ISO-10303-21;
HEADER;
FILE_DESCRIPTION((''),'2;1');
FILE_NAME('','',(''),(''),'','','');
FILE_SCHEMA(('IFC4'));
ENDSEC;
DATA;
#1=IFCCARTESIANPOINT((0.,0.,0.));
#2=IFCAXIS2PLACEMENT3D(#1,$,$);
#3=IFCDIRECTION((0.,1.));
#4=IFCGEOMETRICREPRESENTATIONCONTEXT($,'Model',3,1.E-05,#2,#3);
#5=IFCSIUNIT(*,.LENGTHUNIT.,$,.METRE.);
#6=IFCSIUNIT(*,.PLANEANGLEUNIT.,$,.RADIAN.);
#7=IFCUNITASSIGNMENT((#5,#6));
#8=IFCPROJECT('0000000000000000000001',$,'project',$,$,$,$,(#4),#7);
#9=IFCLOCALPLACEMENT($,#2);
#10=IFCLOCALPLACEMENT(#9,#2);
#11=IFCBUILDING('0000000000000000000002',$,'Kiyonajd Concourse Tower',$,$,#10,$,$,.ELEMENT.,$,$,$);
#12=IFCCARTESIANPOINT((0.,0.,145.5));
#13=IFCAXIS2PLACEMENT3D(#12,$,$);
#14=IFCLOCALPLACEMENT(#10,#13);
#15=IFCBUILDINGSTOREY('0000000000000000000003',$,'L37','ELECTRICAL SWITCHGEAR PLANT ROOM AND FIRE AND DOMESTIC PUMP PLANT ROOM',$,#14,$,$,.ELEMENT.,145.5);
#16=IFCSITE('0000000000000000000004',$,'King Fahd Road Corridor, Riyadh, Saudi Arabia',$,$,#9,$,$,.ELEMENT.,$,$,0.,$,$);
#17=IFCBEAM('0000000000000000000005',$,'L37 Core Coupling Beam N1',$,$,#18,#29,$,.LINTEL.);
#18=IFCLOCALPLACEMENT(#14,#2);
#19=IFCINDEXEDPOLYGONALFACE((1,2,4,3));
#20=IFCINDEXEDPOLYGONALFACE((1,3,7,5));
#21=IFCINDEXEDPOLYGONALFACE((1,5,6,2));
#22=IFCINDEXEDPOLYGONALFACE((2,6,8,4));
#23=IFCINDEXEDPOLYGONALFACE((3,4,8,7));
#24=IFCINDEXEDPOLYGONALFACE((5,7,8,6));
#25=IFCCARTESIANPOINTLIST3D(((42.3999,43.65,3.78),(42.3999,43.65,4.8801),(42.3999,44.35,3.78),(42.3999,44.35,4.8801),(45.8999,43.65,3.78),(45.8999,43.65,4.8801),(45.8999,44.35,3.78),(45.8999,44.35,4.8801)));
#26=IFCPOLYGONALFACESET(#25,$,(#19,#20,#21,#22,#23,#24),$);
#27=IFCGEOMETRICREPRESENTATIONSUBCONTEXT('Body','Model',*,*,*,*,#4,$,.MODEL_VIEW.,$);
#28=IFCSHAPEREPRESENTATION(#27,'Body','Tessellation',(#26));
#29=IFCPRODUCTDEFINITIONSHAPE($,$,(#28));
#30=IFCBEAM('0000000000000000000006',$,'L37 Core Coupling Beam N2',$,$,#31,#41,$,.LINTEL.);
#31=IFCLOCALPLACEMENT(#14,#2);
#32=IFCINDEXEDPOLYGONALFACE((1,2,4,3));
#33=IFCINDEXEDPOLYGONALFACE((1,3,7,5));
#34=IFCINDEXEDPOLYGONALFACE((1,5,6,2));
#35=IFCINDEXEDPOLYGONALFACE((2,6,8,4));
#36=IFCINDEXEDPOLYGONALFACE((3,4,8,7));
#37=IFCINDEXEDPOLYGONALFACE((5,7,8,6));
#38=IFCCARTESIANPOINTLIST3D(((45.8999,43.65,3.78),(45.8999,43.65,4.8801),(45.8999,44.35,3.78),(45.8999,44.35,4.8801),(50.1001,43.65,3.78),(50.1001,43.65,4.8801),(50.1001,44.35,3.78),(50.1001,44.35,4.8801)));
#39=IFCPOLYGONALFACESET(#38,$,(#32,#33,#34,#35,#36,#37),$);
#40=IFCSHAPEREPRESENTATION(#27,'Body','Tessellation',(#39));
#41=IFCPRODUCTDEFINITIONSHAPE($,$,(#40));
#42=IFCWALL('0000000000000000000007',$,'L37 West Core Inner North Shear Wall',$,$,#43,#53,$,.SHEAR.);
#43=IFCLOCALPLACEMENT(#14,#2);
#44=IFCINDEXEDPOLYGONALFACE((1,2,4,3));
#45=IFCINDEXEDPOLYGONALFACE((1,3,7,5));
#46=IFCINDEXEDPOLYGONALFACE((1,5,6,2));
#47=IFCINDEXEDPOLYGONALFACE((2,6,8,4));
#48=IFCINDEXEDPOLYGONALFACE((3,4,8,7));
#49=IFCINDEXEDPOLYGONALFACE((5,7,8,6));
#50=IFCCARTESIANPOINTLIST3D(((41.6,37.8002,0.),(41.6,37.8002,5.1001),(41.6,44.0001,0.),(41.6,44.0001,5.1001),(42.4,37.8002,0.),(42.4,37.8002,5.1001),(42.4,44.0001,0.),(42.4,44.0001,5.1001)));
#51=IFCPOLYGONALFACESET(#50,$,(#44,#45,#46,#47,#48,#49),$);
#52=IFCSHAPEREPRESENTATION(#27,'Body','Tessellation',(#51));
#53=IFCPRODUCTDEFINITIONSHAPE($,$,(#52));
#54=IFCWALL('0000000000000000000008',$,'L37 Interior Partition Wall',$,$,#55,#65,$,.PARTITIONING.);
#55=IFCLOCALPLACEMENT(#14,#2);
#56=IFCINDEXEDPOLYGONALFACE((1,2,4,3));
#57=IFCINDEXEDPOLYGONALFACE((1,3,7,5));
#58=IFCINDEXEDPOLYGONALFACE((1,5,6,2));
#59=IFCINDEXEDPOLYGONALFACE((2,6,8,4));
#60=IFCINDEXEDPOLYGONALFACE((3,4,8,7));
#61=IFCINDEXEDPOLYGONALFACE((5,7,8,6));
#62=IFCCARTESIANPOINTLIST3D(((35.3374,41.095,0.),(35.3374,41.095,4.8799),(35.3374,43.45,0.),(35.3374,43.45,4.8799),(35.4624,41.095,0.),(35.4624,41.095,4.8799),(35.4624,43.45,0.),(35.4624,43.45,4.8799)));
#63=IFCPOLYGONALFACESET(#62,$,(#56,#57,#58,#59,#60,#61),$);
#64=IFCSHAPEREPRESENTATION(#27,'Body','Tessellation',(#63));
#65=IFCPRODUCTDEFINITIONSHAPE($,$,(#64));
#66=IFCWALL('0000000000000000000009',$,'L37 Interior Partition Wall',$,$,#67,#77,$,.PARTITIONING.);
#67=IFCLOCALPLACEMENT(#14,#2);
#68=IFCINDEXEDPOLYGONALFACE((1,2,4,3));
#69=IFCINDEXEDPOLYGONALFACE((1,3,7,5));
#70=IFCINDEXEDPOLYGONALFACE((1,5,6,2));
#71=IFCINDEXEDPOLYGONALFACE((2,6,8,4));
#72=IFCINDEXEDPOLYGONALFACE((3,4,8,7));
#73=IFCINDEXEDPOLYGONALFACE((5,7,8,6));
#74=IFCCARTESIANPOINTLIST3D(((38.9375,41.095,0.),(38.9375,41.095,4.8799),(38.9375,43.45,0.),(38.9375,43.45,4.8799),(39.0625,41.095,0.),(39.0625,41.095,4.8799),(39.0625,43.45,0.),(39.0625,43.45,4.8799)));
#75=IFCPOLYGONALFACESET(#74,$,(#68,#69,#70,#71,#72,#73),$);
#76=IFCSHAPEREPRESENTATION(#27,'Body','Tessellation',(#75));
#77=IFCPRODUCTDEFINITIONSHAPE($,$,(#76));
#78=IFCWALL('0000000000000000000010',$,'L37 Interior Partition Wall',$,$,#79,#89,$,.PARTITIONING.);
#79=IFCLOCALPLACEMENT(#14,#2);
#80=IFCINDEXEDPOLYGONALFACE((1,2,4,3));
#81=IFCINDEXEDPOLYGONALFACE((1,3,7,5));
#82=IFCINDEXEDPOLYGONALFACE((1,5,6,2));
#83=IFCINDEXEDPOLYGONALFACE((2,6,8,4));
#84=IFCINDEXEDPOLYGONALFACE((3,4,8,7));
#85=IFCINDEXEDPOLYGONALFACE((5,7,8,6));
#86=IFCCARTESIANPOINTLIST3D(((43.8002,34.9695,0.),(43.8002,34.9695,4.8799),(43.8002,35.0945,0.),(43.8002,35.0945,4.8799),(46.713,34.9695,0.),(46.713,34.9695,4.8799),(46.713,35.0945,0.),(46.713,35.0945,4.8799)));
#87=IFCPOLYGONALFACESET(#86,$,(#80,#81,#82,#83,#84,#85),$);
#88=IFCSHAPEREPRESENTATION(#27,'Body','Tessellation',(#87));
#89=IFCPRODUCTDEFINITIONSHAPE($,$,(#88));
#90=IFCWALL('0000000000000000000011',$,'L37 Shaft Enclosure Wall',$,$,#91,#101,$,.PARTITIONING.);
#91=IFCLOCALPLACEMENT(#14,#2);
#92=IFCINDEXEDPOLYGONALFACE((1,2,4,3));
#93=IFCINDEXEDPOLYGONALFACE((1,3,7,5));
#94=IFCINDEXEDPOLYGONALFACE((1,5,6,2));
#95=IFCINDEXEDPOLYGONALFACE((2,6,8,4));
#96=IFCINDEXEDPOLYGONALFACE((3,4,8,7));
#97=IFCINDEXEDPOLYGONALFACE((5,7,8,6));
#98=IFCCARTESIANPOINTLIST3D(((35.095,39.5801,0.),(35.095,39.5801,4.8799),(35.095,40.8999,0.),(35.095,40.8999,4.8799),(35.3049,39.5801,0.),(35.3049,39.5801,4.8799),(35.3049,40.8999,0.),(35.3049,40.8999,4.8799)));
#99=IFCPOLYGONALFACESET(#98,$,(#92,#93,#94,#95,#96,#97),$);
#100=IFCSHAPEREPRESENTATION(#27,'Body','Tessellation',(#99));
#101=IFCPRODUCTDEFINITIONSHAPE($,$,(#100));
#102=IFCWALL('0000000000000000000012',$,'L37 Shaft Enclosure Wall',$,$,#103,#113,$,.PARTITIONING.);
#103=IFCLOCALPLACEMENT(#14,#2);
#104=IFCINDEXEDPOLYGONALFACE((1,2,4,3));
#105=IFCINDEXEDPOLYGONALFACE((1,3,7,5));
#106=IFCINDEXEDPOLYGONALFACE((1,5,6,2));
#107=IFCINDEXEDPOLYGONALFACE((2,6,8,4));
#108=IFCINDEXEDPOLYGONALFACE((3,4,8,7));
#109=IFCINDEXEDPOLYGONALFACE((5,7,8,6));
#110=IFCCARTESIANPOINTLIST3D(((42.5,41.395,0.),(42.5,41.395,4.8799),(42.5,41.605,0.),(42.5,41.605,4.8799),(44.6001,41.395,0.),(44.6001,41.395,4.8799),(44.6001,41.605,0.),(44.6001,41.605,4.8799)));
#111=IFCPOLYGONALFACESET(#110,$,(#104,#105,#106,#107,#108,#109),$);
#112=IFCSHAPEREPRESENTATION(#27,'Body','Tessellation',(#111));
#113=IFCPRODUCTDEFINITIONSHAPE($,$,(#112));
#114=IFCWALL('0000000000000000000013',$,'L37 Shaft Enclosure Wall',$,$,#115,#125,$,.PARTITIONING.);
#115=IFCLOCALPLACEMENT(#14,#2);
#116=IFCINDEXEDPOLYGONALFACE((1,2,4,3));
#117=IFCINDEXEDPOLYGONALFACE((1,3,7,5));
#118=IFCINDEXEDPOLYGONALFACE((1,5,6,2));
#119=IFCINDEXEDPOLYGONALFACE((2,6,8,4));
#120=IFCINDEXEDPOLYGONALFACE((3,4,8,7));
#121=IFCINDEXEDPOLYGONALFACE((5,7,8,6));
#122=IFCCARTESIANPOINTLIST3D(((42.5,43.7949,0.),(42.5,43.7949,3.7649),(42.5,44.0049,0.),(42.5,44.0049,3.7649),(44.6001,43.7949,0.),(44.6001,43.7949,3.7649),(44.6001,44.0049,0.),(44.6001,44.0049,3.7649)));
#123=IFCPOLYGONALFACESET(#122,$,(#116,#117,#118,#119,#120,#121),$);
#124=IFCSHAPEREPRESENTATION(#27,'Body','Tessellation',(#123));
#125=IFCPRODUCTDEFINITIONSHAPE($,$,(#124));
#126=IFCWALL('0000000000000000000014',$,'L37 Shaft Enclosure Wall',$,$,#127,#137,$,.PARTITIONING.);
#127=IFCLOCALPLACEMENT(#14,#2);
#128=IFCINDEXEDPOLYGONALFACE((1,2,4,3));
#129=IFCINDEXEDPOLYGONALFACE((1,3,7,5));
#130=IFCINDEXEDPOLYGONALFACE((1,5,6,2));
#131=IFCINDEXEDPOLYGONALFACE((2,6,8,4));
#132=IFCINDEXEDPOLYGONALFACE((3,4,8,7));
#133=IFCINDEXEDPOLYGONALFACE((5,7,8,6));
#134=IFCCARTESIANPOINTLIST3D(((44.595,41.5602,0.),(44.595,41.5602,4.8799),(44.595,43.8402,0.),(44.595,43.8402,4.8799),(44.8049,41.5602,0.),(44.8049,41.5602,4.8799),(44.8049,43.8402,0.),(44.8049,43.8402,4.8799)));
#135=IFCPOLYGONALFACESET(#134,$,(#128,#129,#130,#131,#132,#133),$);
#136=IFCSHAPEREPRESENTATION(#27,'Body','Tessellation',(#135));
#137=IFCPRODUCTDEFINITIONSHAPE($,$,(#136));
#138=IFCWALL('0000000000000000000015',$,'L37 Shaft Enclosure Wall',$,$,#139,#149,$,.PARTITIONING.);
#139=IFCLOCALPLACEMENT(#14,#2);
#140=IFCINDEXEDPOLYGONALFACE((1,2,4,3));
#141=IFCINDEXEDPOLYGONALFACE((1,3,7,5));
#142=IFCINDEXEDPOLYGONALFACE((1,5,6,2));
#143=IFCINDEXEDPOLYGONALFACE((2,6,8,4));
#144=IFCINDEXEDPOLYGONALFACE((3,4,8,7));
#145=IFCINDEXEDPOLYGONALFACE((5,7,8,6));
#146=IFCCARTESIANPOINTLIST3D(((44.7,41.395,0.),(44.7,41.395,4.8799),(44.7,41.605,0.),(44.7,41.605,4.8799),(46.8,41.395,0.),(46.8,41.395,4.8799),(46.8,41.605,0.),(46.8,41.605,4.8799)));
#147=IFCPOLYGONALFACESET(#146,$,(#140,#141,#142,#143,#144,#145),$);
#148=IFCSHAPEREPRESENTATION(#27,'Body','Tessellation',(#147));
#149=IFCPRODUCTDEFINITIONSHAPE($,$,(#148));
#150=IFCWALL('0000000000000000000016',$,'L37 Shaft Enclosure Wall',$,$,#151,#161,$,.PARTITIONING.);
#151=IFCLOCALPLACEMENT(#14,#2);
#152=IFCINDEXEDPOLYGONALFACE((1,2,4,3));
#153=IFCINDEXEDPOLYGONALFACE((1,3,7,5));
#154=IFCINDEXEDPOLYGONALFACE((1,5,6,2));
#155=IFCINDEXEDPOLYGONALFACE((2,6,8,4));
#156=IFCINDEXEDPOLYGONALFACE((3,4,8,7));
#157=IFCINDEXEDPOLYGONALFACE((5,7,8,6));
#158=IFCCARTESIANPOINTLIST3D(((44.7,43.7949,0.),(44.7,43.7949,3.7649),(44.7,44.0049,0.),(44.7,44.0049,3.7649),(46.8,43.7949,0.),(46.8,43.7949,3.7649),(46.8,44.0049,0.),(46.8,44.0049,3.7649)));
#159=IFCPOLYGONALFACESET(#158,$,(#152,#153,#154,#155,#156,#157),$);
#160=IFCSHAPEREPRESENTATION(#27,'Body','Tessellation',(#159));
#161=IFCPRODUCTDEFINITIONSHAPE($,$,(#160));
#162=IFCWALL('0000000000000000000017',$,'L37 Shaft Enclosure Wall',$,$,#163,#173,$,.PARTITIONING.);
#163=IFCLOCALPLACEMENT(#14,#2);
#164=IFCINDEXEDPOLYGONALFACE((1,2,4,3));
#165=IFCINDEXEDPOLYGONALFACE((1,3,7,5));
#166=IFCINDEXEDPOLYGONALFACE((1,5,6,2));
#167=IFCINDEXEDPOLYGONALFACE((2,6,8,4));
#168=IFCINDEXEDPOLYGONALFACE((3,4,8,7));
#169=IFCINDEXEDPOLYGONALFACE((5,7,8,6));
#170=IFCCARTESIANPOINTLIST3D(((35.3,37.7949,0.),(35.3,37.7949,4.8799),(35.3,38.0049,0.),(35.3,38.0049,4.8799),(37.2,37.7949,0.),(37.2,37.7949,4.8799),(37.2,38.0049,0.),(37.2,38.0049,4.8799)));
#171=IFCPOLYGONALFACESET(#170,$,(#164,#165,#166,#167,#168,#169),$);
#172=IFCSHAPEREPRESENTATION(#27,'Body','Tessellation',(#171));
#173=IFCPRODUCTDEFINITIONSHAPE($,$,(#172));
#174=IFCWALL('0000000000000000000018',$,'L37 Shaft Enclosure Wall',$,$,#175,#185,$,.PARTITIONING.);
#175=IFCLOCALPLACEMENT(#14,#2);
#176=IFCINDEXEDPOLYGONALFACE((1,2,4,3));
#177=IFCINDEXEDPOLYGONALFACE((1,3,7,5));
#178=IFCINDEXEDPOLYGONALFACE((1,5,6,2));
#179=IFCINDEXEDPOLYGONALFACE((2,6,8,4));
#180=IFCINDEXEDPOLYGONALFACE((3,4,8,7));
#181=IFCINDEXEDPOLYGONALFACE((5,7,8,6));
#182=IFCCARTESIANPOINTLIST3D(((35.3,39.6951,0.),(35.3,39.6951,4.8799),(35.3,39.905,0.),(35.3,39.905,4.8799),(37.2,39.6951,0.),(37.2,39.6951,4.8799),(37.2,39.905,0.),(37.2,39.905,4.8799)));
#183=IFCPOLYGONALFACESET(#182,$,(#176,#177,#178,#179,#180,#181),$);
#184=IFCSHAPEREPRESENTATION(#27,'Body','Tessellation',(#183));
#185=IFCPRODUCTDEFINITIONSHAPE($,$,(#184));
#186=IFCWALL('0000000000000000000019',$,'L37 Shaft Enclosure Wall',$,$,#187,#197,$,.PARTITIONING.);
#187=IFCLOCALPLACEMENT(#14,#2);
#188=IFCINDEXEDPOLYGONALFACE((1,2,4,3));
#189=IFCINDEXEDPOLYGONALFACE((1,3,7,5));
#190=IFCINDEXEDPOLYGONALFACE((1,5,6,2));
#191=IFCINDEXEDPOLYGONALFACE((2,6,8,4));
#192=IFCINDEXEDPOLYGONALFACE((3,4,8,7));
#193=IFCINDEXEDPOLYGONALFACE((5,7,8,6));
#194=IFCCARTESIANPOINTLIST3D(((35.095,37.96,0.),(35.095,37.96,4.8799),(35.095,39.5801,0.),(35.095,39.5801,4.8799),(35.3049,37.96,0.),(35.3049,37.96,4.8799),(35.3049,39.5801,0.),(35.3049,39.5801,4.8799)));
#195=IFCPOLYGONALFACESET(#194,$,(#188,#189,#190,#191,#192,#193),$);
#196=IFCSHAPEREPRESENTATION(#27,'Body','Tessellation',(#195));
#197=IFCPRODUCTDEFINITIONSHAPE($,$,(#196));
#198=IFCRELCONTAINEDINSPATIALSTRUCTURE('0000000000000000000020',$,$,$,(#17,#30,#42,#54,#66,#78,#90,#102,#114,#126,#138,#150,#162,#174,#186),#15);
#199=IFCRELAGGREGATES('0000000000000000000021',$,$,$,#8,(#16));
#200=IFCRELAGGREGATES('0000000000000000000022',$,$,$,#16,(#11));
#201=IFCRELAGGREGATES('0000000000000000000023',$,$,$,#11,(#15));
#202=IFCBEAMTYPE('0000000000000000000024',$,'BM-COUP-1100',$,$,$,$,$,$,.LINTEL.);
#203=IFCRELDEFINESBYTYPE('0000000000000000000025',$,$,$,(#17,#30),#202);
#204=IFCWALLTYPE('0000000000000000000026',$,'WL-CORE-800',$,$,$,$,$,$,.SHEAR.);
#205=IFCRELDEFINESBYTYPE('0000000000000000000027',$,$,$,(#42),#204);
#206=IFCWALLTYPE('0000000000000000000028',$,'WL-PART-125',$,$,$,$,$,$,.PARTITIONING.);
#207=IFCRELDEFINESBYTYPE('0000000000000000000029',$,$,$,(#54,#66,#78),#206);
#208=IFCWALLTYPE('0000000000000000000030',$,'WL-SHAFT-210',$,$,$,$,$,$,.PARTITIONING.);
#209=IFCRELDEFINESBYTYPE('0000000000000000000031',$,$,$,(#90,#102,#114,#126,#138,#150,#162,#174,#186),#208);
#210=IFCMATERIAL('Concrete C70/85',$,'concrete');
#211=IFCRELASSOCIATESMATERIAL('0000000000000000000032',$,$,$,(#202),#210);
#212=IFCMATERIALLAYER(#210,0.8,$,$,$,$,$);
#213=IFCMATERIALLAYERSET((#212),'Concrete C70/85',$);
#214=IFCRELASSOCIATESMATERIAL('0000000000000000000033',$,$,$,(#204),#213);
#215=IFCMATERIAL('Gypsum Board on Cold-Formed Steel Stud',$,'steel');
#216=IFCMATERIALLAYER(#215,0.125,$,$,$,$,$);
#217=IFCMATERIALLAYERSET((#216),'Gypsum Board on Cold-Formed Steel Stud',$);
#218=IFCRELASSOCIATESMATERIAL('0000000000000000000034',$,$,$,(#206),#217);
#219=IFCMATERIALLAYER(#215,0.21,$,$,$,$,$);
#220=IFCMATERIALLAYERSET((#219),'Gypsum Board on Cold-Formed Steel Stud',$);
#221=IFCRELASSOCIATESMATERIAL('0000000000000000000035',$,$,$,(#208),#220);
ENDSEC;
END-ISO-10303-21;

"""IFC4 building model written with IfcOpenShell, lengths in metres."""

from ifc_helpers import new_model, si_unit, direction, frame, frame_2d, origin, origin_2d, place, context, subcontext, project, spatial, rectangle, extrude, material, layer, layer_set, material_profile, profile_set, type_object, element, save


model = new_model("IFC4")

# Units and contexts
model_context = context("Model", 3, precision=1e-05, world=origin(), true_north=direction((0.0, 1.0)))
body_context = subcontext(model_context, "Body", "Model", "MODEL_VIEW")
ifc_project = project(units=[si_unit("LENGTHUNIT", "METRE"), si_unit("PLANEANGLEUNIT", "RADIAN")], contexts=[model_context])

# Site, building, storey
site_placement = place(None, origin())
site = spatial("IfcSite", under=ifc_project, at=site_placement, Name="King Fahd Road Corridor, Riyadh, Saudi Arabia", CompositionType="ELEMENT", RefElevation=0.0)
building_placement = place(site_placement, origin())
building = spatial("IfcBuilding", under=site, at=building_placement, Name="Kiyonajd Concourse Tower", CompositionType="ELEMENT")
storey_placement = place(building_placement, frame((0.0, 0.0, 145.5)))
storey = spatial("IfcBuildingStorey", under=building, at=storey_placement, Name="L37", Description="ELECTRICAL SWITCHGEAR PLANT ROOM AND FIRE AND DOMESTIC PUMP PLANT ROOM", CompositionType="ELEMENT", Elevation=145.5)

# Beams
ifc_material_1 = material(Name="Concrete C70/85", Category="concrete")
ifc_material_profile = material_profile(ifc_material_1, rectangle(XDim=0.7, YDim=1.1001, at=origin_2d()), Name="RCBM-700x1100")
ifc_profile_set = profile_set([ifc_material_profile], Name="Concrete C70/85")
beam_type = type_object("IfcBeamType", Name="BM-COUP-1100", PredefinedType="LINTEL", material=ifc_profile_set)
beam_1_placement = place(storey_placement, frame((42.3999, 44.0, 4.3301), z_axis=(1.0, 0.0, 0.0), x_axis=(0.0, 1.0, 0.0)))
element("IfcBeam", 1, at=beam_1_placement, inside=storey, type_object=beam_type, Name="L37 Core Coupling Beam N1", PredefinedType="LINTEL", context=body_context, shape_type="SweptSolid", body=[
    extrude(rectangle(XDim=0.7, YDim=1.1001, at=origin_2d()), origin(), (0.0, 0.0, 1.0), 3.5),
])
beam_2_placement = place(storey_placement, frame((45.8999, 44.0, 4.3301), z_axis=(1.0, 0.0, 0.0), x_axis=(0.0, 1.0, 0.0)))
element("IfcBeam", 2, at=beam_2_placement, inside=storey, type_object=beam_type, Name="L37 Core Coupling Beam N2", PredefinedType="LINTEL", context=body_context, shape_type="SweptSolid", body=[
    extrude(rectangle(XDim=0.7, YDim=1.1001, at=origin_2d()), origin(), (0.0, 0.0, 1.0), 4.2002),
])

# Walls
ifc_layer_1 = layer(ifc_material_1, 0.8)
ifc_layer_set_1 = layer_set([ifc_layer_1], Name="Concrete C70/85")
wall_type_1 = type_object("IfcWallType", Name="WL-CORE-800", PredefinedType="SHEAR", material=ifc_layer_set_1)
wall_1_placement = place(storey_placement, frame((42.0, 37.8, 0.0), z_axis=(0.0, 0.0, 1.0), x_axis=(0.0, 1.0, 0.0)))
element("IfcWall", 3, at=wall_1_placement, inside=storey, type_object=wall_type_1, Name="L37 West Core Inner North Shear Wall", PredefinedType="SHEAR", context=body_context, shape_type="SweptSolid", body=[
    extrude(rectangle(XDim=6.2, YDim=0.8, at=frame_2d((3.1001, 0.0))), origin(), (0.0, 0.0, 1.0), 5.1001),
])
ifc_material_2 = material(Name="Gypsum Board on Cold-Formed Steel Stud", Category="steel")
ifc_layer_2 = layer(ifc_material_2, 0.125)
ifc_layer_set_2 = layer_set([ifc_layer_2], Name="Gypsum Board on Cold-Formed Steel Stud")
wall_type_2 = type_object("IfcWallType", Name="WL-PART-125", PredefinedType="PARTITIONING", material=ifc_layer_set_2)
for number, where, z_axis, x_axis, name in (
    (4, (35.3999, 41.095, 0.0), (0.0, 0.0, 1.0), (0.0, 1.0, 0.0), "L37 Interior Partition Wall"),
    (5, (39.0, 41.095, 0.0), (0.0, 0.0, 1.0), (0.0, 1.0, 0.0), "L37 Interior Partition Wall"),
):
    element("IfcWall", number, at=place(storey_placement, frame(where, z_axis=z_axis, x_axis=x_axis)), inside=storey, type_object=wall_type_2, Name=name, PredefinedType="PARTITIONING", context=body_context, shape_type="SweptSolid", body=[
        extrude(rectangle(XDim=2.355, YDim=0.125, at=frame_2d((1.1775, 0.0))), origin(), (0.0, 0.0, 1.0), 4.8799),
    ])
wall_2_placement = place(storey_placement, frame((43.8, 35.032, 0.0), z_axis=(0.0, 0.0, 1.0), x_axis=(1.0, 0.0, 0.0)))
element("IfcWall", 6, at=wall_2_placement, inside=storey, type_object=wall_type_2, Name="L37 Interior Partition Wall", PredefinedType="PARTITIONING", context=body_context, shape_type="SweptSolid", body=[
    extrude(rectangle(XDim=2.9128, YDim=0.125, at=frame_2d((1.4565, 0.0))), origin(), (0.0, 0.0, 1.0), 4.8799),
])
ifc_layer_3 = layer(ifc_material_2, 0.21)
ifc_layer_set_3 = layer_set([ifc_layer_3], Name="Gypsum Board on Cold-Formed Steel Stud")
wall_type_3 = type_object("IfcWallType", Name="WL-SHAFT-210", PredefinedType="PARTITIONING", material=ifc_layer_set_3)
wall_3_placement = place(storey_placement, frame((35.2, 39.5801, 0.0), z_axis=(0.0, 0.0, 1.0), x_axis=(0.0, 1.0, 0.0)))
element("IfcWall", 7, at=wall_3_placement, inside=storey, type_object=wall_type_3, Name="L37 Shaft Enclosure Wall", PredefinedType="PARTITIONING", context=body_context, shape_type="SweptSolid", body=[
    extrude(rectangle(XDim=1.3198, YDim=0.21, at=frame_2d((0.6599, 0.0))), origin(), (0.0, 0.0, 1.0), 4.8799),
])
wall_4_placement = place(storey_placement, frame((42.5, 41.5, 0.0), z_axis=(0.0, 0.0, 1.0), x_axis=(1.0, 0.0, 0.0)))
element("IfcWall", 8, at=wall_4_placement, inside=storey, type_object=wall_type_3, Name="L37 Shaft Enclosure Wall", PredefinedType="PARTITIONING", context=body_context, shape_type="SweptSolid", body=[
    extrude(rectangle(XDim=2.1001, YDim=0.21, at=frame_2d((1.05, 0.0))), origin(), (0.0, 0.0, 1.0), 4.8799),
])
wall_5_placement = place(storey_placement, frame((42.5, 43.8999, 0.0), z_axis=(0.0, 0.0, 1.0), x_axis=(1.0, 0.0, 0.0)))
element("IfcWall", 9, at=wall_5_placement, inside=storey, type_object=wall_type_3, Name="L37 Shaft Enclosure Wall", PredefinedType="PARTITIONING", context=body_context, shape_type="SweptSolid", body=[
    extrude(rectangle(XDim=2.1001, YDim=0.21, at=frame_2d((1.05, 0.0))), origin(), (0.0, 0.0, 1.0), 3.7649),
])
wall_6_placement = place(storey_placement, frame((44.7, 41.5601, 0.0), z_axis=(0.0, 0.0, 1.0), x_axis=(0.0, 1.0, 0.0)))
element("IfcWall", 10, at=wall_6_placement, inside=storey, type_object=wall_type_3, Name="L37 Shaft Enclosure Wall", PredefinedType="PARTITIONING", context=body_context, shape_type="SweptSolid", body=[
    extrude(rectangle(XDim=2.28, YDim=0.21, at=frame_2d((1.1401, 0.0))), origin(), (0.0, 0.0, 1.0), 4.8799),
])
wall_7_placement = place(storey_placement, frame((44.7, 41.5, 0.0), z_axis=(0.0, 0.0, 1.0), x_axis=(1.0, 0.0, 0.0)))
element("IfcWall", 11, at=wall_7_placement, inside=storey, type_object=wall_type_3, Name="L37 Shaft Enclosure Wall", PredefinedType="PARTITIONING", context=body_context, shape_type="SweptSolid", body=[
    extrude(rectangle(XDim=2.1001, YDim=0.21, at=frame_2d((1.05, 0.0))), origin(), (0.0, 0.0, 1.0), 4.8799),
])
wall_8_placement = place(storey_placement, frame((44.7, 43.8999, 0.0), z_axis=(0.0, 0.0, 1.0), x_axis=(1.0, 0.0, 0.0)))
element("IfcWall", 12, at=wall_8_placement, inside=storey, type_object=wall_type_3, Name="L37 Shaft Enclosure Wall", PredefinedType="PARTITIONING", context=body_context, shape_type="SweptSolid", body=[
    extrude(rectangle(XDim=2.1001, YDim=0.21, at=frame_2d((1.05, 0.0))), origin(), (0.0, 0.0, 1.0), 3.7649),
])
for number, where, z_axis, x_axis, name in (
    (13, (35.3, 37.8999, 0.0), (0.0, 0.0, 1.0), (1.0, 0.0, 0.0), "L37 Shaft Enclosure Wall"),
    (14, (35.3, 39.8, 0.0), (0.0, 0.0, 1.0), (1.0, 0.0, 0.0), "L37 Shaft Enclosure Wall"),
):
    element("IfcWall", number, at=place(storey_placement, frame(where, z_axis=z_axis, x_axis=x_axis)), inside=storey, type_object=wall_type_3, Name=name, PredefinedType="PARTITIONING", context=body_context, shape_type="SweptSolid", body=[
        extrude(rectangle(XDim=1.8999, YDim=0.21, at=frame_2d((0.95, 0.0))), origin(), (0.0, 0.0, 1.0), 4.8799),
    ])
wall_9_placement = place(storey_placement, frame((35.2, 37.96, 0.0), z_axis=(0.0, 0.0, 1.0), x_axis=(0.0, 1.0, 0.0)))
element("IfcWall", 15, at=wall_9_placement, inside=storey, type_object=wall_type_3, Name="L37 Shaft Enclosure Wall", PredefinedType="PARTITIONING", context=body_context, shape_type="SweptSolid", body=[
    extrude(rectangle(XDim=1.6201, YDim=0.21, at=frame_2d((0.8101, 0.0))), origin(), (0.0, 0.0, 1.0), 4.8799),
])

save(model, "model.ifc")
